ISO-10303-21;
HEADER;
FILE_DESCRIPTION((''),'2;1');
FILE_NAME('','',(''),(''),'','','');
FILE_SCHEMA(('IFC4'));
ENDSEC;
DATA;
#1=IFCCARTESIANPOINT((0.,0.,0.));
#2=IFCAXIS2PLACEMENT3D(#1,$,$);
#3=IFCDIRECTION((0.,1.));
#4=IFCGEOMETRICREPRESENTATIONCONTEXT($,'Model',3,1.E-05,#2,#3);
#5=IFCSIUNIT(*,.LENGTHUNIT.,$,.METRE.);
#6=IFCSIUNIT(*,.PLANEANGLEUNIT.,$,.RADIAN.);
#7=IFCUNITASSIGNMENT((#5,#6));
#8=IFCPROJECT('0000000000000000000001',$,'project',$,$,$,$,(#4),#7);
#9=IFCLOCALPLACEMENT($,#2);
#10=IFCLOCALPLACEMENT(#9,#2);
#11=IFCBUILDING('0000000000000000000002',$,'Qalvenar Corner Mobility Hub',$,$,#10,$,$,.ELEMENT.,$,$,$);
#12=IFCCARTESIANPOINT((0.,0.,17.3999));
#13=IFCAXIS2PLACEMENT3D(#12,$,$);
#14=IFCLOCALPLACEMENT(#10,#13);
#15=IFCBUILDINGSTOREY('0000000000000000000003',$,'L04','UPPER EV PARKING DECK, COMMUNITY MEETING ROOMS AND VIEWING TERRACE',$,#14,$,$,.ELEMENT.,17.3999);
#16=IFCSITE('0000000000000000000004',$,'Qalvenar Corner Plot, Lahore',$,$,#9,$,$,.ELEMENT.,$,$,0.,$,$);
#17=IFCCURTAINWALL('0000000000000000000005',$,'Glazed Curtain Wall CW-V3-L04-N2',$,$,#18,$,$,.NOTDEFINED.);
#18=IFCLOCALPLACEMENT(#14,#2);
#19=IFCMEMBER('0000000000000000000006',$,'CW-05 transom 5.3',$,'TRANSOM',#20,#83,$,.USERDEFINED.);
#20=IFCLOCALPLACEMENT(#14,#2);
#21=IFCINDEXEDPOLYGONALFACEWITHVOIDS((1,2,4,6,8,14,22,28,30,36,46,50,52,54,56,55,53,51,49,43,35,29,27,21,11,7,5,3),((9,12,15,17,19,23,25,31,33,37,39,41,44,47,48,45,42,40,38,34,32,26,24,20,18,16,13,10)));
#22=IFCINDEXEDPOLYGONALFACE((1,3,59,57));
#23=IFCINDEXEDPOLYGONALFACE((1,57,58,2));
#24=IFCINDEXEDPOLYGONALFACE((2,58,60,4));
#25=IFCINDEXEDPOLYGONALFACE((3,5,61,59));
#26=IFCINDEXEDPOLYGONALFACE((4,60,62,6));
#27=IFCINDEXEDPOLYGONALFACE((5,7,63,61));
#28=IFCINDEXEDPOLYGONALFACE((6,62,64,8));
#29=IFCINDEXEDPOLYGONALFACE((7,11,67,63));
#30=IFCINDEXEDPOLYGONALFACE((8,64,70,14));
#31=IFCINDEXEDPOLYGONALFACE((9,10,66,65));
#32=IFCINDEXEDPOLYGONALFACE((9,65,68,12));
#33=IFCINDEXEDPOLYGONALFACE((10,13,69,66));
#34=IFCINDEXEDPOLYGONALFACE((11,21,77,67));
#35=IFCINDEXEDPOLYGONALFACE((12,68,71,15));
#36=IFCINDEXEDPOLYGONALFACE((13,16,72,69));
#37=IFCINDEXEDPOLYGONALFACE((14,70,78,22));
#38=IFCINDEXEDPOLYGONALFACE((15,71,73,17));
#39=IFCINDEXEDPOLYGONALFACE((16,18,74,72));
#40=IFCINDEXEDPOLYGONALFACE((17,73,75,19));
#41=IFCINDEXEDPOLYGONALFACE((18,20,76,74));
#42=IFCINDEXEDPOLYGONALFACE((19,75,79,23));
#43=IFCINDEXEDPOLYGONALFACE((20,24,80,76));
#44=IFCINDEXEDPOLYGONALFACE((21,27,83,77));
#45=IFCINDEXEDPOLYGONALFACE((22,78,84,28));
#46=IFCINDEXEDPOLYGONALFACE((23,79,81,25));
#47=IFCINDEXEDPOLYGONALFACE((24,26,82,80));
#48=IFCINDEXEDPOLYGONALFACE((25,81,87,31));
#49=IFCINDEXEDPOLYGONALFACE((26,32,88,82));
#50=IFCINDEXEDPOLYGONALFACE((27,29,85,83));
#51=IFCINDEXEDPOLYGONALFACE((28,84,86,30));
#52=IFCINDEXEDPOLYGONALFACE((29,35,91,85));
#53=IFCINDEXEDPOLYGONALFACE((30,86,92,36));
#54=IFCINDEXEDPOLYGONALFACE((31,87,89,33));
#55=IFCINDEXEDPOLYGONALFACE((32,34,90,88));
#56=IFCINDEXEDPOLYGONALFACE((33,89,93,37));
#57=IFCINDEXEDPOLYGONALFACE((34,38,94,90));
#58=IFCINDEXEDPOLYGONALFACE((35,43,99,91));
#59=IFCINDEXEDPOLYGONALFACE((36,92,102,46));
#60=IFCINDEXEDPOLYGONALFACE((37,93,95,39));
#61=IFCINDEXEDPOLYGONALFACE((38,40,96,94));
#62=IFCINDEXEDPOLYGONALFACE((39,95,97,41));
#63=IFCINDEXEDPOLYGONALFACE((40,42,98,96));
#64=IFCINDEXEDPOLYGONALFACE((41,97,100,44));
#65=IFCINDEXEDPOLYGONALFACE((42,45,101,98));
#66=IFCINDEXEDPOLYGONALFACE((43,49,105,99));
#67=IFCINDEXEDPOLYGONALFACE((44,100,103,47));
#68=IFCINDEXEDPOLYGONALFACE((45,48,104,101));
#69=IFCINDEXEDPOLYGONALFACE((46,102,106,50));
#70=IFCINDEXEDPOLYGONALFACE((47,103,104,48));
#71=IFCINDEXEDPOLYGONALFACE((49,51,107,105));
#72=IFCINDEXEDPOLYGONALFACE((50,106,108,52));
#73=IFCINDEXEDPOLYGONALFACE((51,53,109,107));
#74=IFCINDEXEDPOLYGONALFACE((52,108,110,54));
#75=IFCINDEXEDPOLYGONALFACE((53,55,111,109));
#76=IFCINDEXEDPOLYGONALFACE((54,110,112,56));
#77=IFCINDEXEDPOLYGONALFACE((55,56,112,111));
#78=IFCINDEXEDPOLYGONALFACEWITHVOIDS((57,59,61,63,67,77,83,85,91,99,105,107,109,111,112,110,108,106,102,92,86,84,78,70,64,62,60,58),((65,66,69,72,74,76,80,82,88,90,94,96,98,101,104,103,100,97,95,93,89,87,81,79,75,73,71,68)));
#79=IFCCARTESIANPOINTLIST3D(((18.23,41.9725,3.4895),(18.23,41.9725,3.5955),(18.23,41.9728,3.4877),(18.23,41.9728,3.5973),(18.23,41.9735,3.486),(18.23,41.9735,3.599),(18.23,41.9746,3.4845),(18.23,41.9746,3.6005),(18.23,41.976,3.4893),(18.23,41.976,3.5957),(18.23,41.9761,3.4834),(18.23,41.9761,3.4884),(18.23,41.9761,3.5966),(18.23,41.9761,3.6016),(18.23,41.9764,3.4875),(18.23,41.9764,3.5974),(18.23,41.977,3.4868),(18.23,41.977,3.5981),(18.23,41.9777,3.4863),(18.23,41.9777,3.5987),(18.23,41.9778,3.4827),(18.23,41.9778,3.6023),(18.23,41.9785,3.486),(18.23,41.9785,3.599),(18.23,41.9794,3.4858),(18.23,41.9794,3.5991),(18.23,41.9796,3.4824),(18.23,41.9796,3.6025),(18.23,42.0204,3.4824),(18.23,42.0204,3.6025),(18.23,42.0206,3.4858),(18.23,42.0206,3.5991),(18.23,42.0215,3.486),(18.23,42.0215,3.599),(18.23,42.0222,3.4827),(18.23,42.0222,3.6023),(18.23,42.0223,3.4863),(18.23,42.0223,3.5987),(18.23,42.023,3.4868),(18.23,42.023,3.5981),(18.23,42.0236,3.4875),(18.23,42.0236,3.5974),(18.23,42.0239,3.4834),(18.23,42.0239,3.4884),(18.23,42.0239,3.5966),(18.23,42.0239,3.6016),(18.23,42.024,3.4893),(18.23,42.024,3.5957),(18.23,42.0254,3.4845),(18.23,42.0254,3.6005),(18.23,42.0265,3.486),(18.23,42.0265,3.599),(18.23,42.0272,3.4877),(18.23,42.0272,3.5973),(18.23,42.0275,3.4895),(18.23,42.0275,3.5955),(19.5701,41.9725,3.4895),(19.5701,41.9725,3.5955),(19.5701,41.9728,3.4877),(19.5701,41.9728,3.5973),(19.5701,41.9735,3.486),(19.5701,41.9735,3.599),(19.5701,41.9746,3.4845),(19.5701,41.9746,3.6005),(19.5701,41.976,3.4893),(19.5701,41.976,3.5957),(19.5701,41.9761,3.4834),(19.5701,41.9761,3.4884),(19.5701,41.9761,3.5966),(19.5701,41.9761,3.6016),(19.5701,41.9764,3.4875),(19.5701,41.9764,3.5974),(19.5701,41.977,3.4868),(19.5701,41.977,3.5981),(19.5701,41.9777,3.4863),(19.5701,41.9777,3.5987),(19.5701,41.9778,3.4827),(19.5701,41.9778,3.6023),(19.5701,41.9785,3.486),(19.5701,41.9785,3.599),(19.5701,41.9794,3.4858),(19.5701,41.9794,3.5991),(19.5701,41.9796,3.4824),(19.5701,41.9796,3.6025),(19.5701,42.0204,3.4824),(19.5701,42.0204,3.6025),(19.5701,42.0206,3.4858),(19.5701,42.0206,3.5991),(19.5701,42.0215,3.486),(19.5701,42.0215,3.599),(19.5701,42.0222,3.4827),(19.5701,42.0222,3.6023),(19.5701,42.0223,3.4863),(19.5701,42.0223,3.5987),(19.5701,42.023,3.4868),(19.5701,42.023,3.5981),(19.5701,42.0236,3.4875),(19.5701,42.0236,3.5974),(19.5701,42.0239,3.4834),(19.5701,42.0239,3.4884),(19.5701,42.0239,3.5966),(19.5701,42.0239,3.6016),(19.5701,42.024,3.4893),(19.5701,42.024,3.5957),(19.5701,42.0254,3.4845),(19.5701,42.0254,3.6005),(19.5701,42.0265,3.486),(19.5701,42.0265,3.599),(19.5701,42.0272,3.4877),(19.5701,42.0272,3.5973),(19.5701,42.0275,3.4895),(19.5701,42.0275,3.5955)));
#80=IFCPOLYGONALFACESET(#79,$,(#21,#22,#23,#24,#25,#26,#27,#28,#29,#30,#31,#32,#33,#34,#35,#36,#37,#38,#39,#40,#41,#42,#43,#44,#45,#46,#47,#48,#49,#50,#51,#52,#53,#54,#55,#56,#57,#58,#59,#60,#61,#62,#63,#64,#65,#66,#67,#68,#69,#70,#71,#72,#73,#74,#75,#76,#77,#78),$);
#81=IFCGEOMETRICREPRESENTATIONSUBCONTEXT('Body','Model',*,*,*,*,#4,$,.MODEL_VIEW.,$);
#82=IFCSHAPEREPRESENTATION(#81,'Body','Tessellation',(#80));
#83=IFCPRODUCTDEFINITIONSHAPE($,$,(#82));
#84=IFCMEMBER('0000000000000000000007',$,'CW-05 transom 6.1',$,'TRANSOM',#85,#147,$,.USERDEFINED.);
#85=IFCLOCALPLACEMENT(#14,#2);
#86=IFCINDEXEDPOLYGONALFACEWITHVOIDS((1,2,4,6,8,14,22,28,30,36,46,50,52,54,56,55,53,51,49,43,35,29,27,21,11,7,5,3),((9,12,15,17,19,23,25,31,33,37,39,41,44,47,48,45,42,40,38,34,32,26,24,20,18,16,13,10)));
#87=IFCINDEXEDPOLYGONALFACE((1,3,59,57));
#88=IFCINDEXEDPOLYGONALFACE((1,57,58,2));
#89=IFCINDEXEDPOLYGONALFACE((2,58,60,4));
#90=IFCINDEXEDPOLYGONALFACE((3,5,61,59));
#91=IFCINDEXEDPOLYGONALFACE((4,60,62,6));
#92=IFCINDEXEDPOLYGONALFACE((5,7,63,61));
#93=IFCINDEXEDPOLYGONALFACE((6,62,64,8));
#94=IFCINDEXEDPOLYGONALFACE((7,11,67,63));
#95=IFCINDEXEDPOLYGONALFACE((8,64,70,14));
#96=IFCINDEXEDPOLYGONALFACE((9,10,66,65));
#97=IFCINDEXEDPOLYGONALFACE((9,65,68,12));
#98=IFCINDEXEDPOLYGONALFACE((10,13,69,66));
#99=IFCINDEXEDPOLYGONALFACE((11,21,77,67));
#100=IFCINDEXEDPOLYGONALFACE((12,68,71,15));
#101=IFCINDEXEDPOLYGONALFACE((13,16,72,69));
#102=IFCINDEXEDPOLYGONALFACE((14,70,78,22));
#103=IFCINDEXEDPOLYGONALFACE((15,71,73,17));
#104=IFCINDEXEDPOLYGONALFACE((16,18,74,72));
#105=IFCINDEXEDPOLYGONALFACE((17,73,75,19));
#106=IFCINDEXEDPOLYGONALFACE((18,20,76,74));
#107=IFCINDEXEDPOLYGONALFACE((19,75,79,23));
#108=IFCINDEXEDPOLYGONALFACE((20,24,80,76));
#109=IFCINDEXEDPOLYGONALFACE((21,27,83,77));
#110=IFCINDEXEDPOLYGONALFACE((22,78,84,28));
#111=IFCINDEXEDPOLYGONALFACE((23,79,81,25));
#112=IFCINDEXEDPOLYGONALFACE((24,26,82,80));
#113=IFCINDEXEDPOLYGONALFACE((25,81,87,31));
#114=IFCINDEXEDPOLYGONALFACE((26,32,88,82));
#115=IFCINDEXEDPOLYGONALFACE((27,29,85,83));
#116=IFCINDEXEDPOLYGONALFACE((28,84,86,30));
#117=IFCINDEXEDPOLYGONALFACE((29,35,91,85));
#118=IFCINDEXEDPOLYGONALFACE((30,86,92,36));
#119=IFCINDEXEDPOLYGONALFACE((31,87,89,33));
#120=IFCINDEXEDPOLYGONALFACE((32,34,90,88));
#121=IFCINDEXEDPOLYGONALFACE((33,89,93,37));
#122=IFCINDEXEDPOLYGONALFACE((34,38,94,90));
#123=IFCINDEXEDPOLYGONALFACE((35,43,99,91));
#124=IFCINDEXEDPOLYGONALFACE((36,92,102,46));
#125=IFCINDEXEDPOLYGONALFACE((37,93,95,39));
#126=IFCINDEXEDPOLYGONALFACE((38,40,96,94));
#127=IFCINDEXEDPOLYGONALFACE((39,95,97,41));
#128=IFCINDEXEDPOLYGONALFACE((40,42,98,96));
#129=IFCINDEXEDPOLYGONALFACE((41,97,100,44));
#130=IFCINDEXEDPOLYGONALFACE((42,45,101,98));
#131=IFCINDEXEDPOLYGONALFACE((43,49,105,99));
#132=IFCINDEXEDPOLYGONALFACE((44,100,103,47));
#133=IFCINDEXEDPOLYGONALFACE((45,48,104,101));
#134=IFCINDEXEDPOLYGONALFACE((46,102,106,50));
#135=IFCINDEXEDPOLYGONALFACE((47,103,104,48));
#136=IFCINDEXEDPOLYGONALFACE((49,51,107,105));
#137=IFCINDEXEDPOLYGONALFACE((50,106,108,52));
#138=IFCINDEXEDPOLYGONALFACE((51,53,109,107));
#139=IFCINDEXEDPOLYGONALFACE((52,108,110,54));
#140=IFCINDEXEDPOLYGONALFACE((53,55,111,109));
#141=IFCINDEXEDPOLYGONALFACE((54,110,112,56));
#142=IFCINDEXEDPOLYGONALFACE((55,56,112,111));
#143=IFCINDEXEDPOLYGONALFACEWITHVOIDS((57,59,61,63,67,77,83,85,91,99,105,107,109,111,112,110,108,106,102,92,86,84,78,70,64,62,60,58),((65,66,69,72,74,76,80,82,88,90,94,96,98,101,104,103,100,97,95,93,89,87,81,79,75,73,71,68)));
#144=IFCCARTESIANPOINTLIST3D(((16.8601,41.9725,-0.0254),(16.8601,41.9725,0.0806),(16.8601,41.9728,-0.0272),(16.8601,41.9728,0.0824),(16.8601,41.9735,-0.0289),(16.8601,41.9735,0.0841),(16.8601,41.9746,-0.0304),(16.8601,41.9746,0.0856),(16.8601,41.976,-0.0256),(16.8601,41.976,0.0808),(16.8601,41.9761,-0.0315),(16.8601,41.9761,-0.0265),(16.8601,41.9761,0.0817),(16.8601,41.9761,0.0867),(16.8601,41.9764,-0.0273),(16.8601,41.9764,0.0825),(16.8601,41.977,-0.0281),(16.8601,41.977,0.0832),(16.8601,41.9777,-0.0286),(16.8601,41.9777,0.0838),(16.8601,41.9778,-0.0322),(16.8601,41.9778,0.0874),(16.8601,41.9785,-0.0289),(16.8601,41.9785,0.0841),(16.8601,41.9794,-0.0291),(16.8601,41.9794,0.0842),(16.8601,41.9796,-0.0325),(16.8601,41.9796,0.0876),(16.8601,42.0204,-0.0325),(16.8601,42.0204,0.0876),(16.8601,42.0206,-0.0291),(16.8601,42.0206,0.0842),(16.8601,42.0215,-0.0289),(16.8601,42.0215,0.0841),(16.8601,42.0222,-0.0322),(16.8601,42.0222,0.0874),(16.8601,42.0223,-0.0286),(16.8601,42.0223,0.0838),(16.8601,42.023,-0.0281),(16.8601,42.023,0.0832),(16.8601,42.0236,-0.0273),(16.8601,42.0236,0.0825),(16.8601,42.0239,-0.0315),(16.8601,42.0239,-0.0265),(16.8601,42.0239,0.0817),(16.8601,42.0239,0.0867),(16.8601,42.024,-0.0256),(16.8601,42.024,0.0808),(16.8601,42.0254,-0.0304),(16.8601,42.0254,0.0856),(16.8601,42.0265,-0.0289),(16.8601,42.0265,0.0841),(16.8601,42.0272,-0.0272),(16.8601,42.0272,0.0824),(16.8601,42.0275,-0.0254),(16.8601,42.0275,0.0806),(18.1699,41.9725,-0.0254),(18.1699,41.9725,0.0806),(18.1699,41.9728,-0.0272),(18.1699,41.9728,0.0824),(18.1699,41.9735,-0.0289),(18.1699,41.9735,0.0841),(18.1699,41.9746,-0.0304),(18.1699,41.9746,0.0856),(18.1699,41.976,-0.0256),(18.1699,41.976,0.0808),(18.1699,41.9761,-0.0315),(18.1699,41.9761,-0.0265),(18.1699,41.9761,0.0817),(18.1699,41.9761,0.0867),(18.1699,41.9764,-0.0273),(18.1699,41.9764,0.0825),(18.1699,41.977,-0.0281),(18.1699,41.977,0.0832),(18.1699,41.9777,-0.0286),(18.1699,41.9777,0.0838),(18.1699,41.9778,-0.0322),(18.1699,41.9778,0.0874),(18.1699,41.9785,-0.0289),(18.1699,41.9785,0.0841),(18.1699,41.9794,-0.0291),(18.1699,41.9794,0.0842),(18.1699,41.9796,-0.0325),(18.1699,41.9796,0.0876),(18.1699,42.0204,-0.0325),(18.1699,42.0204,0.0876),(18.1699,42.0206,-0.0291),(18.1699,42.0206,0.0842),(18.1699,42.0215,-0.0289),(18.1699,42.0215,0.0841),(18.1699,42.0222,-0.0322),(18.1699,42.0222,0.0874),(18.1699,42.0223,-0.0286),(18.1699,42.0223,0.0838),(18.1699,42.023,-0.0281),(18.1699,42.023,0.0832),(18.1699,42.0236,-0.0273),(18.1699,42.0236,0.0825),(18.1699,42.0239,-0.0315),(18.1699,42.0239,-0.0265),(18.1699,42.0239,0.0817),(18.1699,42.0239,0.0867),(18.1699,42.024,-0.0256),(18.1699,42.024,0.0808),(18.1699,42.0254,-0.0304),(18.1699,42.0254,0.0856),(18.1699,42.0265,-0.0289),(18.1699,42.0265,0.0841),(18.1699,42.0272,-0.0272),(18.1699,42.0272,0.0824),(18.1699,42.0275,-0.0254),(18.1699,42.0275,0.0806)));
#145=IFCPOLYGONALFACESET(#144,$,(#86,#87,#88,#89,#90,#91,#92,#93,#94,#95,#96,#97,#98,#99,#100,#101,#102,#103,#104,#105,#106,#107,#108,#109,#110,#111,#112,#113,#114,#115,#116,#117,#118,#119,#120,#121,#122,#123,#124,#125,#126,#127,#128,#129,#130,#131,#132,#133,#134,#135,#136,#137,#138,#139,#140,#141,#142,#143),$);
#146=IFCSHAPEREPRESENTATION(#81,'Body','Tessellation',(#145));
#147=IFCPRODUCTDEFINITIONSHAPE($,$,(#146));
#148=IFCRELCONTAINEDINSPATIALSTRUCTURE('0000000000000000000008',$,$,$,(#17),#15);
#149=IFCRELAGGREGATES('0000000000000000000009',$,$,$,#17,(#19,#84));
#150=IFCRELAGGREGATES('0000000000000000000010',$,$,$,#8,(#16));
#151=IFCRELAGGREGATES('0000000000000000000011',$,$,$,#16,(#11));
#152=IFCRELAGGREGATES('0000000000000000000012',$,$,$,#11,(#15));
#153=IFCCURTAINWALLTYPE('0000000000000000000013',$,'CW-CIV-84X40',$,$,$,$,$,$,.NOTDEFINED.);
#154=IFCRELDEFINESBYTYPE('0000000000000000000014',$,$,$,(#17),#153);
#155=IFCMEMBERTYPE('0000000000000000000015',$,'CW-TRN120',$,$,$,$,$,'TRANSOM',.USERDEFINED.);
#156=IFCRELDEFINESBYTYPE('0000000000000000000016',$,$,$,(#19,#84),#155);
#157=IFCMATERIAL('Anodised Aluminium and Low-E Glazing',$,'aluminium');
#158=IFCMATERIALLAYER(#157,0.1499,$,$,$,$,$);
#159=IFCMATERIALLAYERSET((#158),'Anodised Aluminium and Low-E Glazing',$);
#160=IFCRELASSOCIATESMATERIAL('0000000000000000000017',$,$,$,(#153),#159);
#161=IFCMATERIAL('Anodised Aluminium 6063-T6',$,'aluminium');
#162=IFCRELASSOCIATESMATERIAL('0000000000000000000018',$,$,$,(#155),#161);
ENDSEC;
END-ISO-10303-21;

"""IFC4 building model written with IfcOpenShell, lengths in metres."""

from ifc_helpers import new_model, si_unit, direction, frame, origin, origin_2d, place, context, subcontext, project, spatial, hollow_rectangle, extrude, material, layer, layer_set, material_profile, profile_set, type_object, element, aggregate, save


model = new_model("IFC4")

# Units and contexts
model_context = context("Model", 3, precision=1e-05, world=origin(), true_north=direction((0.0, 1.0)))
body_context = subcontext(model_context, "Body", "Model", "MODEL_VIEW")
ifc_project = project(units=[si_unit("LENGTHUNIT", "METRE"), si_unit("PLANEANGLEUNIT", "RADIAN")], contexts=[model_context])

# Site, building, storey
site_placement = place(None, origin())
site = spatial("IfcSite", under=ifc_project, at=site_placement, Name="Qalvenar Corner Plot, Lahore", CompositionType="ELEMENT", RefElevation=0.0)
building_placement = place(site_placement, origin())
building = spatial("IfcBuilding", under=site, at=building_placement, Name="Qalvenar Corner Mobility Hub", CompositionType="ELEMENT")
storey_placement = place(building_placement, frame((0.0, 0.0, 17.3999)))
storey = spatial("IfcBuildingStorey", under=building, at=storey_placement, Name="L04", Description="UPPER EV PARKING DECK, COMMUNITY MEETING ROOMS AND VIEWING TERRACE", CompositionType="ELEMENT", Elevation=17.3999)

# Curtain wall, members
ifc_material_1 = material(Name="Anodised Aluminium and Low-E Glazing", Category="aluminium")
ifc_layer_1 = layer(ifc_material_1, 0.1499)
ifc_layer_set_1 = layer_set([ifc_layer_1], Name="Anodised Aluminium and Low-E Glazing")
curtain_wall_type = type_object("IfcCurtainWallType", Name="CW-CIV-84X40", PredefinedType="NOTDEFINED", material=ifc_layer_set_1)
curtain_wall_placement = place(storey_placement, origin())
curtain_wall = element("IfcCurtainWall", 1, at=curtain_wall_placement, inside=storey, type_object=curtain_wall_type, Name="Glazed Curtain Wall CW-V3-L04-N2", PredefinedType="NOTDEFINED")
ifc_material_2 = material(Name="Anodised Aluminium 6063-T6", Category="aluminium")
ifc_material_profile_1 = material_profile(ifc_material_2, hollow_rectangle(XDim=0.0549, YDim=0.1201, WallThickness=0.0034, InnerFilletRadius=0.0034, OuterFilletRadius=0.0071, at=origin_2d()), Name="RHS120x55x3.5")
ifc_profile_set_1 = profile_set([ifc_material_profile_1], Name="Anodised Aluminium 6063-T6")
member_type_1 = type_object("IfcMemberType", Name="CW-TRN120", ElementType="TRANSOM", PredefinedType="USERDEFINED", material=ifc_profile_set_1)
member_1_placement = place(storey_placement, frame((19.5701, 42.0, 3.5425), z_axis=(-1.0, 0.0, 0.0), x_axis=(0.0, -1.0, 0.0)))
member_1 = element("IfcMember", 2, at=member_1_placement, type_object=member_type_1, Name="CW-05 transom 5.3", ObjectType="TRANSOM", PredefinedType="USERDEFINED", context=body_context, shape_type="SweptSolid", body=[
    extrude(hollow_rectangle(XDim=0.0549, YDim=0.1201, WallThickness=0.0034, InnerFilletRadius=0.0034, OuterFilletRadius=0.0071, at=origin_2d()), origin(), (0.0, 0.0, 1.0), 1.3401),
])
member_2_placement = place(storey_placement, frame((18.1699, 42.0, 0.0276), z_axis=(-1.0, 0.0, 0.0), x_axis=(0.0, -1.0, 0.0)))
member_2 = element("IfcMember", 3, at=member_2_placement, type_object=member_type_1, Name="CW-05 transom 6.1", ObjectType="TRANSOM", PredefinedType="USERDEFINED", context=body_context, shape_type="SweptSolid", body=[
    extrude(hollow_rectangle(XDim=0.0549, YDim=0.1201, WallThickness=0.0034, InnerFilletRadius=0.0034, OuterFilletRadius=0.0071, at=origin_2d()), origin(), (0.0, 0.0, 1.0), 1.3098),
])
aggregate(curtain_wall, [member_1, member_2])

save(model, "model.ifc")
